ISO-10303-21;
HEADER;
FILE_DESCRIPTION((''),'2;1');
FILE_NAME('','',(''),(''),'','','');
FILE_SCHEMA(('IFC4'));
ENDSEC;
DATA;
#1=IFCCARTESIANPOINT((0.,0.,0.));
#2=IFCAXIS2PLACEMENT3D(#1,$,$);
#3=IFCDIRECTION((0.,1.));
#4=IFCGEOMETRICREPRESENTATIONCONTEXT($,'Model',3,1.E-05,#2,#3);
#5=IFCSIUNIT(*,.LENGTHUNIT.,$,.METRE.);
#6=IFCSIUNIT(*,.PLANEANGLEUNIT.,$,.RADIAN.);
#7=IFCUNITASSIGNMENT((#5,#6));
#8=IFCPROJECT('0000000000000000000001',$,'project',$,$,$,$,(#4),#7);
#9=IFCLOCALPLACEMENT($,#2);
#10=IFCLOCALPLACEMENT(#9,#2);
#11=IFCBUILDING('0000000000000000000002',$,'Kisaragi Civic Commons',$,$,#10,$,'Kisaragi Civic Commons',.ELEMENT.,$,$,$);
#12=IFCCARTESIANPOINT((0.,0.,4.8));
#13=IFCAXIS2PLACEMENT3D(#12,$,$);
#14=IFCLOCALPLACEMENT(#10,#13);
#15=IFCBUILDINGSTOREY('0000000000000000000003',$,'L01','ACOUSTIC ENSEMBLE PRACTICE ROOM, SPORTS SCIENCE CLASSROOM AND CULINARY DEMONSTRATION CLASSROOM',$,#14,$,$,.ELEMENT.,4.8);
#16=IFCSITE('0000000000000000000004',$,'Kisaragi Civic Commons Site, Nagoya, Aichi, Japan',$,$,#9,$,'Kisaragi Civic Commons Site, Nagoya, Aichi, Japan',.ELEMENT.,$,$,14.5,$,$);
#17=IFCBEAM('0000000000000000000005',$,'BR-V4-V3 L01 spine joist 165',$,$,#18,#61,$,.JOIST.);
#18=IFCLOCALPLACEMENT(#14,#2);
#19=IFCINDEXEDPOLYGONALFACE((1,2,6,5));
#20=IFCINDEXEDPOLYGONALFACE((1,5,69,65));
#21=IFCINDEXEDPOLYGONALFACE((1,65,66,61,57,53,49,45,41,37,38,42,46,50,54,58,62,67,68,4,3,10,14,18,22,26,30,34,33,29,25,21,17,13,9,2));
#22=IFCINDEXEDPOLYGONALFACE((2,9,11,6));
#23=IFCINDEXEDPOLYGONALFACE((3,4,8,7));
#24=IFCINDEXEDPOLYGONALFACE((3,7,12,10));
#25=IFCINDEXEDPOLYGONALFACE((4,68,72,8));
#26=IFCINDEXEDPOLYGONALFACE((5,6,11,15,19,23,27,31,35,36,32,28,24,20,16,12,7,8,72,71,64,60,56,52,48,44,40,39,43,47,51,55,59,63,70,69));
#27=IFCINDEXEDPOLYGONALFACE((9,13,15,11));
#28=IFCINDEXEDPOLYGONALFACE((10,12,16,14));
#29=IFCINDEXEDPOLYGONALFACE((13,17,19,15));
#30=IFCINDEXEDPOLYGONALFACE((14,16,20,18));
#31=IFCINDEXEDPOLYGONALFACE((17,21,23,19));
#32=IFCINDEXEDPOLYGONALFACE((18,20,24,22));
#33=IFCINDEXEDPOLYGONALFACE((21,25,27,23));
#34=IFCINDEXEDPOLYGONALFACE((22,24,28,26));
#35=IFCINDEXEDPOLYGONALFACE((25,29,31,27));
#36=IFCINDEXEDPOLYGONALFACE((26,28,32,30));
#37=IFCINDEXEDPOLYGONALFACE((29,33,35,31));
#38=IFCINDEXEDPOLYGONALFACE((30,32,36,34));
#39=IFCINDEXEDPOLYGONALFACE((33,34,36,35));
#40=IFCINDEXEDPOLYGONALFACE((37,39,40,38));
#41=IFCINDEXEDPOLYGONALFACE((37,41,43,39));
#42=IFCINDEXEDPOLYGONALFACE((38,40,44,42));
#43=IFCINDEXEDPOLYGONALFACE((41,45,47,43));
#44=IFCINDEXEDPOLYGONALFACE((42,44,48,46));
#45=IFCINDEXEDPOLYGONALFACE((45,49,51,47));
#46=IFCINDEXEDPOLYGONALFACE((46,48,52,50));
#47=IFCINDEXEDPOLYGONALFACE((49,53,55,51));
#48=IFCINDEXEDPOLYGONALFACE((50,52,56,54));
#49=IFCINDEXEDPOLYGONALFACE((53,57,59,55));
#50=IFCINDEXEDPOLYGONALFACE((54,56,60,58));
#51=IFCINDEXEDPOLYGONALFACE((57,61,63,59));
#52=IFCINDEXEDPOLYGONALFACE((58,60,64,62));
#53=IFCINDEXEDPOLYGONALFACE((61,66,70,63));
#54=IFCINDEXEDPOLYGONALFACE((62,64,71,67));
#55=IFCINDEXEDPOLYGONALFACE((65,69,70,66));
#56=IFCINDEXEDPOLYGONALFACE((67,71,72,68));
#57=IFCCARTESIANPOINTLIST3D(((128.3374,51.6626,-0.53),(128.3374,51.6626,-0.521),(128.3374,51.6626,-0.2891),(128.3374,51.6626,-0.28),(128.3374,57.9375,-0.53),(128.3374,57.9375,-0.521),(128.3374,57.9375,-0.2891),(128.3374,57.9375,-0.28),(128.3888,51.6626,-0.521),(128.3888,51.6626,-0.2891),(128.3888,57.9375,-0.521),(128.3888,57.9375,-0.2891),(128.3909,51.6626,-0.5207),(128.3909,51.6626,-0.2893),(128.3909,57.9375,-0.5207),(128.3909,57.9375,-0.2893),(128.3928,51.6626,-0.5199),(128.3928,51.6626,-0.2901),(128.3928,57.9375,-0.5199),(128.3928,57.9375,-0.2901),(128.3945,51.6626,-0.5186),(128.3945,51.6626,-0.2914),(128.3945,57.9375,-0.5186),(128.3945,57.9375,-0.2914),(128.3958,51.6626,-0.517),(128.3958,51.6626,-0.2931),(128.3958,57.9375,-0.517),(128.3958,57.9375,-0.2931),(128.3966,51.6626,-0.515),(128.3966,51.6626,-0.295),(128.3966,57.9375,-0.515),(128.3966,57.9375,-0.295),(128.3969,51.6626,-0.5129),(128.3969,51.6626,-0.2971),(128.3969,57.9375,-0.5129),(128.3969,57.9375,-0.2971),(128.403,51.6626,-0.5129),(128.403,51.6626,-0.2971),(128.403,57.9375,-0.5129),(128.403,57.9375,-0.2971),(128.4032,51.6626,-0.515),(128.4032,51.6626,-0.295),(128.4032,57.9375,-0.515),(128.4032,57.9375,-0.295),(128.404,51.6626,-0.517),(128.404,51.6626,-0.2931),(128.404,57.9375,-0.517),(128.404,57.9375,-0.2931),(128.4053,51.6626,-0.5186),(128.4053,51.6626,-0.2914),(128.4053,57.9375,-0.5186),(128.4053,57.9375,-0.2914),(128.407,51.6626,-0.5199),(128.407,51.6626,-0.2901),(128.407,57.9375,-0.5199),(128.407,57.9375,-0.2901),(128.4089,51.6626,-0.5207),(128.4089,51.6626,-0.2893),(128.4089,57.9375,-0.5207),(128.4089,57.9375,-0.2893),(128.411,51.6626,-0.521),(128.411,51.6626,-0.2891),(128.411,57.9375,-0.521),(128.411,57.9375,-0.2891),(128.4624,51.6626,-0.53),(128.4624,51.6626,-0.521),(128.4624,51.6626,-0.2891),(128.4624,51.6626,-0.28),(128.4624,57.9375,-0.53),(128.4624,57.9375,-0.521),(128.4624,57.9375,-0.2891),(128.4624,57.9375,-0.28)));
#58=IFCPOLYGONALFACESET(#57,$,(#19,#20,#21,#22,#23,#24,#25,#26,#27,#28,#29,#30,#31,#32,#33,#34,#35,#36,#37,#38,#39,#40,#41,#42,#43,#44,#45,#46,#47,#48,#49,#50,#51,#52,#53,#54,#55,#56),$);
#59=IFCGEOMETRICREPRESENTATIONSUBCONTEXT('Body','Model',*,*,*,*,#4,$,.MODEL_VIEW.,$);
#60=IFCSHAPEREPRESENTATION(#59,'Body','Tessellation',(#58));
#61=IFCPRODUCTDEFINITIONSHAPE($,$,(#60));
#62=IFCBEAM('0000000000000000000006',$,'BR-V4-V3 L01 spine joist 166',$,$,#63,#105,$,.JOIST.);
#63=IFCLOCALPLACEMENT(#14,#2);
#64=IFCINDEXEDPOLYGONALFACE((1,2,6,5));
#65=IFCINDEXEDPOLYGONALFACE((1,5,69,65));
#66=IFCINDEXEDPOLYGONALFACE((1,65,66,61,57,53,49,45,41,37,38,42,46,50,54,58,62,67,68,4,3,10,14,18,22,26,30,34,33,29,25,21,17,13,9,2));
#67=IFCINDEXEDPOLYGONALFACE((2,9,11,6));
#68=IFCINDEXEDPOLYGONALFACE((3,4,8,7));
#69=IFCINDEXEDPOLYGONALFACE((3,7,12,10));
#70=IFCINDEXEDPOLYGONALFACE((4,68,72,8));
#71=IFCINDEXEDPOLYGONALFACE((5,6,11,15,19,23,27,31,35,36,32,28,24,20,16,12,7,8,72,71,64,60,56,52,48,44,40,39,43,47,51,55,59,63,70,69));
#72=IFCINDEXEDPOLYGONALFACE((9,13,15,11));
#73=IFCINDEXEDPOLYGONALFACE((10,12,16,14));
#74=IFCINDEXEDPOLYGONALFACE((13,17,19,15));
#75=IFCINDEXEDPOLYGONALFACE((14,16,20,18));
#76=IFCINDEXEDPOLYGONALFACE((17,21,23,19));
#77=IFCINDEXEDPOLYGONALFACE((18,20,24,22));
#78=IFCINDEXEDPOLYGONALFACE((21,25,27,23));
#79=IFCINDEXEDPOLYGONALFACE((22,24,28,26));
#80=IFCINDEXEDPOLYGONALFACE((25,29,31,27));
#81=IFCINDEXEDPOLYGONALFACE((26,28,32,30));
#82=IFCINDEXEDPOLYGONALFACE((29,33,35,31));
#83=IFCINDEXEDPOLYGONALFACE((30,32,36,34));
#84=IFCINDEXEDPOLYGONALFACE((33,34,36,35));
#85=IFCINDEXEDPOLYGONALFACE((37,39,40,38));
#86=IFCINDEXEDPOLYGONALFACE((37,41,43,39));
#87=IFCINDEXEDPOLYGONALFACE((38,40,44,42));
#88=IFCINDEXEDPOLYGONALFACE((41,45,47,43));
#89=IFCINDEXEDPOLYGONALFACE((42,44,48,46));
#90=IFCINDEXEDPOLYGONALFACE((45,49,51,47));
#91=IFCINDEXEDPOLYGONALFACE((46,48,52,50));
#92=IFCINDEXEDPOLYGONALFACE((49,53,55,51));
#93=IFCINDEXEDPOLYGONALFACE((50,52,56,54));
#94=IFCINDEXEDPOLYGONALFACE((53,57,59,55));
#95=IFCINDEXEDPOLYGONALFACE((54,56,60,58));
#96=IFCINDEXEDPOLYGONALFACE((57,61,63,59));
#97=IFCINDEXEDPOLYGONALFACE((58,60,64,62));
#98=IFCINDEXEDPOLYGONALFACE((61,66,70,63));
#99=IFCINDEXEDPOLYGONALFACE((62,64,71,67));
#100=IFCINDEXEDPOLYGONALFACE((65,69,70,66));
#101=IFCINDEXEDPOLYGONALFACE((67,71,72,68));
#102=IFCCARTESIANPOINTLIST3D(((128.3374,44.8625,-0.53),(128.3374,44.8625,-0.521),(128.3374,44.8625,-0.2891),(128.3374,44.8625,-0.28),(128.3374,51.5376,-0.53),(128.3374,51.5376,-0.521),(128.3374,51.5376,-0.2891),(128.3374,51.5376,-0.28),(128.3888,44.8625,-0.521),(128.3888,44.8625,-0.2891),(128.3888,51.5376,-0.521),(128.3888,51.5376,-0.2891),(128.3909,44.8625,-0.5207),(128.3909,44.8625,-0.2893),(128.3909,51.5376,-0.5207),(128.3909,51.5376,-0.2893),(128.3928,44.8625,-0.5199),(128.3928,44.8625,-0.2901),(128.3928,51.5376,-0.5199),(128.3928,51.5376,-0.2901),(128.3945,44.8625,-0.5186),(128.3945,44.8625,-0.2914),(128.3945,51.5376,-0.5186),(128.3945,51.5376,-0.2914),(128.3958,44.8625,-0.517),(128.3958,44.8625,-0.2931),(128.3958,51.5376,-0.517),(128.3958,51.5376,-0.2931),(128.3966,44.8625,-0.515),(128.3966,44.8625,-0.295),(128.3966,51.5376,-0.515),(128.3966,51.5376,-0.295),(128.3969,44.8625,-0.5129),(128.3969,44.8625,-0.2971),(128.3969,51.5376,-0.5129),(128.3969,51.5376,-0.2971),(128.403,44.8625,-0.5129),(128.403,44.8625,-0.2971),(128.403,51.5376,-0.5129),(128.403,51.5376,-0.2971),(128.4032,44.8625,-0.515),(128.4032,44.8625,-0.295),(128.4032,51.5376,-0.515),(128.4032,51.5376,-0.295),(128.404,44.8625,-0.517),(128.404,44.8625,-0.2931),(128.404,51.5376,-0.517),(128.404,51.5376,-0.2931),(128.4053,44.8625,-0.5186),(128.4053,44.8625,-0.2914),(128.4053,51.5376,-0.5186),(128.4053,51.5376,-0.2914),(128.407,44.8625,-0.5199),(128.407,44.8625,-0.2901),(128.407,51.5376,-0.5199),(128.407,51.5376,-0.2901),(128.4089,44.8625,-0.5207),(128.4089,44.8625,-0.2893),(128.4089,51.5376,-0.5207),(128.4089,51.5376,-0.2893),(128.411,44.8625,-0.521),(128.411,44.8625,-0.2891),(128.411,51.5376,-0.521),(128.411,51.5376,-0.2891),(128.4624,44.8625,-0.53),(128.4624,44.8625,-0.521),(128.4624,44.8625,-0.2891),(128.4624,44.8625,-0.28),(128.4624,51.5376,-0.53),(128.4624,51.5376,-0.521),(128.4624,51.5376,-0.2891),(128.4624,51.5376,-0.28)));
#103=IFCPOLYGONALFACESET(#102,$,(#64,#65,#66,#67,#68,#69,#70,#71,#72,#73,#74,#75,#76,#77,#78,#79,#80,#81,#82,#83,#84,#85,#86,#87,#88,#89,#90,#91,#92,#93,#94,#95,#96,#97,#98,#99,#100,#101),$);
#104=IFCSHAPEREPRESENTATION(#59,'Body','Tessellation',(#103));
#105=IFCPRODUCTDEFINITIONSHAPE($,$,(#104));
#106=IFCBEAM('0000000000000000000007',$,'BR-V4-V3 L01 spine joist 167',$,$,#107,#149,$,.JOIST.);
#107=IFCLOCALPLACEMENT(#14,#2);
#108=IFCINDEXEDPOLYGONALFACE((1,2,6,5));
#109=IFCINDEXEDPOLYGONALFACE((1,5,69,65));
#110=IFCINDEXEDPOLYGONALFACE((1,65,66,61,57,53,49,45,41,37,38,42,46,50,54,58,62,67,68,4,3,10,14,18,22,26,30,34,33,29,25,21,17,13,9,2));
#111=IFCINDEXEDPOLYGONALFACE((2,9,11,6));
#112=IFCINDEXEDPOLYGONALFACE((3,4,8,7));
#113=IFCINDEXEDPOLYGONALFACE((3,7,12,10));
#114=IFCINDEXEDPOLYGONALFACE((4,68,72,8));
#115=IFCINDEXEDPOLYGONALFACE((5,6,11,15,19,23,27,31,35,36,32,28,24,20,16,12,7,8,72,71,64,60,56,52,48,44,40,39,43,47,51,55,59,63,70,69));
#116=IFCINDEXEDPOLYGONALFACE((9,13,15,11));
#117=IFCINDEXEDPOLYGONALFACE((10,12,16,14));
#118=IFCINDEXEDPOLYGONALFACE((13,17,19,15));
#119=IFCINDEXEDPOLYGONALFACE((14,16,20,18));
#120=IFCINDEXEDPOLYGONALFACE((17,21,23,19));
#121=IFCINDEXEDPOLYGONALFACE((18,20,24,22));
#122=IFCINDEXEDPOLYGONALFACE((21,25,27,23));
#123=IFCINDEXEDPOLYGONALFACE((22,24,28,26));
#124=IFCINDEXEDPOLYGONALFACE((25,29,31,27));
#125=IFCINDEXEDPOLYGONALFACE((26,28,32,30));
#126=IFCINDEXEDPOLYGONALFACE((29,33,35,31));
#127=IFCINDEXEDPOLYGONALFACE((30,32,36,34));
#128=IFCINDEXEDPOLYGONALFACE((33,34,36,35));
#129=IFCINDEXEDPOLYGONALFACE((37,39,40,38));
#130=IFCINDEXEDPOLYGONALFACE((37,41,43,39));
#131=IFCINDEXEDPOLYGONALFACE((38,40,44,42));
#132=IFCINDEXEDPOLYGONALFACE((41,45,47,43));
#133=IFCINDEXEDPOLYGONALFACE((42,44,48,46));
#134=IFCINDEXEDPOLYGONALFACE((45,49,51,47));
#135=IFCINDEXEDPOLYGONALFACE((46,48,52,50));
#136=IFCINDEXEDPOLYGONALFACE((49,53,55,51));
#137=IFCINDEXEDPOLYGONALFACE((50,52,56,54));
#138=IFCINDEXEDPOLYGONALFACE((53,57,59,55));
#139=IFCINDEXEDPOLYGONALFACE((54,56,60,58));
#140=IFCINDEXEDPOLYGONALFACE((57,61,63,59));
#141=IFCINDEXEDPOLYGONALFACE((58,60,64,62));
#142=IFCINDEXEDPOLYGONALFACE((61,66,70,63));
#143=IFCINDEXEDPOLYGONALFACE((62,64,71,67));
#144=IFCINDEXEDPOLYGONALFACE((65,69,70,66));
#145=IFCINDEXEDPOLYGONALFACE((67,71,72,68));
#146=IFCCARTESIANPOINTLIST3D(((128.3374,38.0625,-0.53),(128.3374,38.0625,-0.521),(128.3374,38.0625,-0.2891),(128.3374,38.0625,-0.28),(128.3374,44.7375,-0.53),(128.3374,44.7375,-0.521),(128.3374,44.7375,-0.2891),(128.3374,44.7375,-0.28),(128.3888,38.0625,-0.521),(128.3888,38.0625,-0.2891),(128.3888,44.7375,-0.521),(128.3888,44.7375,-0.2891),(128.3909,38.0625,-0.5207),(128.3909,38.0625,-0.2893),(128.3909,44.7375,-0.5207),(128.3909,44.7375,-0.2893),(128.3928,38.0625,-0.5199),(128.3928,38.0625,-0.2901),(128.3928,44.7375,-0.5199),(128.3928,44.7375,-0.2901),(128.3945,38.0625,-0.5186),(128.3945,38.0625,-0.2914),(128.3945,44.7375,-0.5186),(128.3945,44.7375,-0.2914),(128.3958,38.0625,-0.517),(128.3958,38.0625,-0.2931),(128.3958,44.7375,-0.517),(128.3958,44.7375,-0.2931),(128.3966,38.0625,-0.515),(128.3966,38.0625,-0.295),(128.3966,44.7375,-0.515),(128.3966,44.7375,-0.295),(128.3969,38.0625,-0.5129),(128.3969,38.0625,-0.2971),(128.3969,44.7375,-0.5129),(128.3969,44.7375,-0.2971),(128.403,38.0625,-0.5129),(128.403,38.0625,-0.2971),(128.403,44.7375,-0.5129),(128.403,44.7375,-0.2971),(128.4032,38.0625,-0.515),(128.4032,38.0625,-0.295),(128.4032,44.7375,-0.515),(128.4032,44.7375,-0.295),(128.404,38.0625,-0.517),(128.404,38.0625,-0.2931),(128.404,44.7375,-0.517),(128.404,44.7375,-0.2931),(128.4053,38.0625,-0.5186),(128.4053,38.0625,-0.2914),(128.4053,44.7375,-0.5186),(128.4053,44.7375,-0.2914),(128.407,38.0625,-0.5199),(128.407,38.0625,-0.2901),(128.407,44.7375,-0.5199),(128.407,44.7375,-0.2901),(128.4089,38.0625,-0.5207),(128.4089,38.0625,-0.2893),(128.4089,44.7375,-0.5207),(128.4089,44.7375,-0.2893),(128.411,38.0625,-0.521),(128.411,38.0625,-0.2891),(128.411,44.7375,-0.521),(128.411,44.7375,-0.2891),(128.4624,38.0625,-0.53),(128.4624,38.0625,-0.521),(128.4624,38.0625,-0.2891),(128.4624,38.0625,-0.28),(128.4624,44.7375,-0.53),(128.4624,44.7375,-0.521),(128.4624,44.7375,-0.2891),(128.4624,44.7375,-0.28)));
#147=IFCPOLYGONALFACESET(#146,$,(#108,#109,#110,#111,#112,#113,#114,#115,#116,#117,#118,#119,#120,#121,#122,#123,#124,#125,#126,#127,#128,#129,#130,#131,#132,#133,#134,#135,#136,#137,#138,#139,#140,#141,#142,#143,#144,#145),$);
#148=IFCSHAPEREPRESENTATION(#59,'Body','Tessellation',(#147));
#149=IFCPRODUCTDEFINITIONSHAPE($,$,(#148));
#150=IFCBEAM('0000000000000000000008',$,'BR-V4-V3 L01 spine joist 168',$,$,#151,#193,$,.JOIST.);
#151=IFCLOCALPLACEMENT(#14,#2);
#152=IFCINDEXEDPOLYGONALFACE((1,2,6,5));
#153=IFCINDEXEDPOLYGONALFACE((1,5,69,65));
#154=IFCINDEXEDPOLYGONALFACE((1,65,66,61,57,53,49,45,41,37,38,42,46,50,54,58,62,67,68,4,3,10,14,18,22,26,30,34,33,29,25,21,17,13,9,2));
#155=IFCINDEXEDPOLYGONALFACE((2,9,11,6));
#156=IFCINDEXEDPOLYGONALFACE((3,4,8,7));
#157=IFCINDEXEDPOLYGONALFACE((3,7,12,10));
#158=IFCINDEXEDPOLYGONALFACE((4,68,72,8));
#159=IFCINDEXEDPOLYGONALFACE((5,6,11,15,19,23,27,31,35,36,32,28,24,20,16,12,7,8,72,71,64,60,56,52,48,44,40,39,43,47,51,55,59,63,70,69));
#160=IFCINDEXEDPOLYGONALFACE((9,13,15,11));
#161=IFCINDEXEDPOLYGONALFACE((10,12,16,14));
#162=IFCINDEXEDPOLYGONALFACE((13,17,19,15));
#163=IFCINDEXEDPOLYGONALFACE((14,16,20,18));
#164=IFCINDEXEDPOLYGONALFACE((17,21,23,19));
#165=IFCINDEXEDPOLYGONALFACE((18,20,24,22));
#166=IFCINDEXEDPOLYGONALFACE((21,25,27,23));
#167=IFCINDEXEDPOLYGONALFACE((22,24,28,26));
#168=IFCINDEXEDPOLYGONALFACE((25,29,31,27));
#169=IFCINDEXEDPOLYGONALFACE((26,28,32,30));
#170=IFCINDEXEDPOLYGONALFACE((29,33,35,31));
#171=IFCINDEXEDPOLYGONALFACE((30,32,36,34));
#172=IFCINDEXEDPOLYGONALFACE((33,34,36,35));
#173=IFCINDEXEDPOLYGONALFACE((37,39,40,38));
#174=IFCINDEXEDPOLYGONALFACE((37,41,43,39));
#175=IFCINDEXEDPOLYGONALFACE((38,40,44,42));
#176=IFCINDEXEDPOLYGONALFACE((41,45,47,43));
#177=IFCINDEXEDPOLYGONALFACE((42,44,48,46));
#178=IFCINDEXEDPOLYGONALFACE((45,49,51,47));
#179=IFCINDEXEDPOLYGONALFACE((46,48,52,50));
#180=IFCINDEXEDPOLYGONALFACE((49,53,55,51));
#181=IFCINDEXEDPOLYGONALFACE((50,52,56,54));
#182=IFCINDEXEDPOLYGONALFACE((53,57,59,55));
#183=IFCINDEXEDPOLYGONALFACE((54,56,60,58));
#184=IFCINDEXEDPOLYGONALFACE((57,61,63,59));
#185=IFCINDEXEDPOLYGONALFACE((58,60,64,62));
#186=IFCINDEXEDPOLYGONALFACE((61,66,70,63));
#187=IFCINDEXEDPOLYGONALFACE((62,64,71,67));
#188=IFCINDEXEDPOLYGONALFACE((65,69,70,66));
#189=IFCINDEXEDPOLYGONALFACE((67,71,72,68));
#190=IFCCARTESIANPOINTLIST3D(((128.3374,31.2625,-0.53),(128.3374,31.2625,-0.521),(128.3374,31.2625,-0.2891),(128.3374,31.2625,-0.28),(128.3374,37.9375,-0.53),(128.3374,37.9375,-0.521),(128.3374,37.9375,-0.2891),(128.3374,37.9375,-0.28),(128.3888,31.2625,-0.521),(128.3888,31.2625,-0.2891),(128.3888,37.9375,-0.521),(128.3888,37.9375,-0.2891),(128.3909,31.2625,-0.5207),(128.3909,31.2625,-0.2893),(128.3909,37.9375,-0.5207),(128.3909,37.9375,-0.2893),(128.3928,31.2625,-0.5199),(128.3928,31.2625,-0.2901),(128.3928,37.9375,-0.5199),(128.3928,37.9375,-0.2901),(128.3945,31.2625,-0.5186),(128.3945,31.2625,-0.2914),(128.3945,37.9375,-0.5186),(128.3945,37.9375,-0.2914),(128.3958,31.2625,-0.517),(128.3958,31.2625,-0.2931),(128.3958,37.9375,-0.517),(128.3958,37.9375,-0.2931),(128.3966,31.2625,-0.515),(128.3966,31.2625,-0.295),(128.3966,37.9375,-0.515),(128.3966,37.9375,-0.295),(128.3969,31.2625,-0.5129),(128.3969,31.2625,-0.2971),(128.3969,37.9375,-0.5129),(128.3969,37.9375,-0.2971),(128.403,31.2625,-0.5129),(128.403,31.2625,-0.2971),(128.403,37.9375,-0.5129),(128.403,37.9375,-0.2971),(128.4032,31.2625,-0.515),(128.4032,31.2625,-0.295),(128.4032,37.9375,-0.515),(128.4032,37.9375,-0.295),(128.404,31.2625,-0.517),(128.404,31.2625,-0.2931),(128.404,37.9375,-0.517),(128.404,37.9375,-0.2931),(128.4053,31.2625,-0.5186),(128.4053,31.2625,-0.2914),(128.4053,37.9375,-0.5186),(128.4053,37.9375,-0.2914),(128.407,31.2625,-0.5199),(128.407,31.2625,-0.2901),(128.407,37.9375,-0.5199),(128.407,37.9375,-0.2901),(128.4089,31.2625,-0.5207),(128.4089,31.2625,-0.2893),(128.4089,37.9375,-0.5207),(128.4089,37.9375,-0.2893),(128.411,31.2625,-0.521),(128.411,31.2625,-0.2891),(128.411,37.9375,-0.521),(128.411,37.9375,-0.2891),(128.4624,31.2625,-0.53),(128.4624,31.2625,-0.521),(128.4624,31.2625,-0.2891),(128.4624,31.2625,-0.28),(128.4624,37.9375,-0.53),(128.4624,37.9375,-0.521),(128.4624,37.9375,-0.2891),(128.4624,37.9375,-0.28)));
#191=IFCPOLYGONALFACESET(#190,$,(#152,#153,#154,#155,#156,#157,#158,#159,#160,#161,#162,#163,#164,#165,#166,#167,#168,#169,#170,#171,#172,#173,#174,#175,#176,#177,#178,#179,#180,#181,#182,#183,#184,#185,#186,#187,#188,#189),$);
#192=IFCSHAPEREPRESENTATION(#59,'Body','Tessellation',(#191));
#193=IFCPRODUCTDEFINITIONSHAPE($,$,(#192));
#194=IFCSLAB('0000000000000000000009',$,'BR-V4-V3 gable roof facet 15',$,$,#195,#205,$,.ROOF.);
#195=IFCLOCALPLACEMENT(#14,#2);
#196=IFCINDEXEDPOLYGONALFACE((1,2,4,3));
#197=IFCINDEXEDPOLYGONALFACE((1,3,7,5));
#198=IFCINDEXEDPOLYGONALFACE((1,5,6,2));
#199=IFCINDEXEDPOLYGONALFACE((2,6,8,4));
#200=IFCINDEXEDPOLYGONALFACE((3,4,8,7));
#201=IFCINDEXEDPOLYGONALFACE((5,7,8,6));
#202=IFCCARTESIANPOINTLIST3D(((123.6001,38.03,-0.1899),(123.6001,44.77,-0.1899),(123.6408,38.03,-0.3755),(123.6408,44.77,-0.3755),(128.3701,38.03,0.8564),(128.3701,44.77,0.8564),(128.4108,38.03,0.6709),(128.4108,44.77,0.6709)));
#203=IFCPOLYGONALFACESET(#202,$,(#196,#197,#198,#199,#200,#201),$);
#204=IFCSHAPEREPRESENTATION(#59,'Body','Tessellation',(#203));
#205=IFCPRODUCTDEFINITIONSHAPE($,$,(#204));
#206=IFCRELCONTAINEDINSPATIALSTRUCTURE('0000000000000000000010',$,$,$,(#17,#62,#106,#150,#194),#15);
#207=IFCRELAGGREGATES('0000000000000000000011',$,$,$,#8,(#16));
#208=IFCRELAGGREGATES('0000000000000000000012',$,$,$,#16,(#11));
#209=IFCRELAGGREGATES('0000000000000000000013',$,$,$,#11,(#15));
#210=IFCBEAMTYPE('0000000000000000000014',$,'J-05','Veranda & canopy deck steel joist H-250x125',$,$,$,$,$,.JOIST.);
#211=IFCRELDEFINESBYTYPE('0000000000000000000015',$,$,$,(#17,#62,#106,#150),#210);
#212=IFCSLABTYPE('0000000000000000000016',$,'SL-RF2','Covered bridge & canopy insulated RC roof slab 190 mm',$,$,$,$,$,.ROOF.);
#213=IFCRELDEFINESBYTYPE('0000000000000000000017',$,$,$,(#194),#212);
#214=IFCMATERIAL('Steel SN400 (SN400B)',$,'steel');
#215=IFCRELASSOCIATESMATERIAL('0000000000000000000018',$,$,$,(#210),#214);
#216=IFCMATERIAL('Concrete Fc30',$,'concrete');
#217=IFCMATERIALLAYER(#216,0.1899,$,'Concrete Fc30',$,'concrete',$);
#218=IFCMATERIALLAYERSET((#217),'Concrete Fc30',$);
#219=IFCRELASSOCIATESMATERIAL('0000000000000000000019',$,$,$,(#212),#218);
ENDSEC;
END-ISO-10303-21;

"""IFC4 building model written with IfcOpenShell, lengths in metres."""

from ifc_helpers import new_model, si_unit, direction, frame, origin, origin_2d, place, context, subcontext, project, spatial, polyline, i_section, outline, extrude, material, layer, layer_set, material_profile, profile_set, type_object, element, save


model = new_model("IFC4")

# Units and contexts
model_context = context("Model", 3, precision=1e-05, world=origin(), true_north=direction((0.0, 1.0)))
body_context = subcontext(model_context, "Body", "Model", "MODEL_VIEW")
ifc_project = project(units=[si_unit("LENGTHUNIT", "METRE"), si_unit("PLANEANGLEUNIT", "RADIAN")], contexts=[model_context])

# Site, building, storey
site_placement = place(None, origin())
site = spatial("IfcSite", under=ifc_project, at=site_placement, Name="Kisaragi Civic Commons Site, Nagoya, Aichi, Japan", LongName="Kisaragi Civic Commons Site, Nagoya, Aichi, Japan", CompositionType="ELEMENT", RefElevation=14.5)
building_placement = place(site_placement, origin())
building = spatial("IfcBuilding", under=site, at=building_placement, Name="Kisaragi Civic Commons", LongName="Kisaragi Civic Commons", CompositionType="ELEMENT")
storey_placement = place(building_placement, frame((0.0, 0.0, 4.8)))
storey = spatial("IfcBuildingStorey", under=building, at=storey_placement, Name="L01", Description="ACOUSTIC ENSEMBLE PRACTICE ROOM, SPORTS SCIENCE CLASSROOM AND CULINARY DEMONSTRATION CLASSROOM", CompositionType="ELEMENT", Elevation=4.8)

# Beams
ifc_material_1 = material(Name="Steel SN400 (SN400B)", Category="steel")
ifc_material_profile_1 = material_profile(ifc_material_1, i_section(OverallWidth=0.125, OverallDepth=0.25, WebThickness=0.0061, FlangeThickness=0.009, FilletRadius=0.0081, at=origin_2d()), Name="H-250x125x6x9", Category="steel")
ifc_profile_set_1 = profile_set([ifc_material_profile_1], Name="Steel SN400 (SN400B)")
beam_type_1 = type_object("IfcBeamType", Name="J-05", Description="Veranda & canopy deck steel joist H-250x125", PredefinedType="JOIST", material=ifc_profile_set_1)
beam_1_placement = place(storey_placement, frame((128.3999, 57.9375, -0.405), z_axis=(0.0, -1.0, 0.0), x_axis=(1.0, 0.0, 0.0)))
element("IfcBeam", 1, at=beam_1_placement, inside=storey, type_object=beam_type_1, Name="BR-V4-V3 L01 spine joist 165", PredefinedType="JOIST", context=body_context, shape_type="SweptSolid", body=[
    extrude(i_section(OverallWidth=0.125, OverallDepth=0.25, WebThickness=0.0061, FlangeThickness=0.009, FilletRadius=0.0081, at=origin_2d()), origin(), (0.0, 0.0, 1.0), 6.2749),
])
for number, where, z_axis, x_axis, name in (
    (2, (128.3999, 51.5376, -0.405), (0.0, -1.0, 0.0), (1.0, 0.0, 0.0), "BR-V4-V3 L01 spine joist 166"),
    (3, (128.3999, 44.7375, -0.405), (0.0, -1.0, 0.0), (1.0, 0.0, 0.0), "BR-V4-V3 L01 spine joist 167"),
    (4, (128.3999, 37.9375, -0.405), (0.0, -1.0, 0.0), (1.0, 0.0, 0.0), "BR-V4-V3 L01 spine joist 168"),
):
    element("IfcBeam", number, at=place(storey_placement, frame(where, z_axis=z_axis, x_axis=x_axis)), inside=storey, type_object=beam_type_1, Name=name, PredefinedType="JOIST", context=body_context, shape_type="SweptSolid", body=[
        extrude(i_section(OverallWidth=0.125, OverallDepth=0.25, WebThickness=0.0061, FlangeThickness=0.009, FilletRadius=0.0081, at=origin_2d()), origin(), (0.0, 0.0, 1.0), 6.675),
    ])

# Slab
ifc_material_2 = material(Name="Concrete Fc30", Category="concrete")
ifc_layer = layer(ifc_material_2, 0.1899, Name="Concrete Fc30", Category="concrete")
ifc_layer_set = layer_set([ifc_layer], Name="Concrete Fc30")
slab_type = type_object("IfcSlabType", Name="SL-RF2", Description="Covered bridge & canopy insulated RC roof slab 190 mm", PredefinedType="ROOF", material=ifc_layer_set)
for number, where, z_axis, x_axis, name in (
    (5, (123.6001, 38.03, -0.1899), (-0.214272, 0.0, 0.976774), (0.976774, 0.0, 0.214272), "BR-V4-V3 gable roof facet 15"),
):
    element("IfcSlab", number, at=place(storey_placement, frame(where, z_axis=z_axis, x_axis=x_axis)), inside=storey, type_object=slab_type, Name=name, PredefinedType="ROOF", context=body_context, shape_type="SweptSolid", body=[
        extrude(outline(polyline([(0.0, 0.0), (4.8834, 0.0), (4.8834, 6.74), (0.0, 6.74), (0.0, 0.0)])), origin(), (0.0, 0.0, -1.0), 0.1899),
    ])

save(model, "model.ifc")
